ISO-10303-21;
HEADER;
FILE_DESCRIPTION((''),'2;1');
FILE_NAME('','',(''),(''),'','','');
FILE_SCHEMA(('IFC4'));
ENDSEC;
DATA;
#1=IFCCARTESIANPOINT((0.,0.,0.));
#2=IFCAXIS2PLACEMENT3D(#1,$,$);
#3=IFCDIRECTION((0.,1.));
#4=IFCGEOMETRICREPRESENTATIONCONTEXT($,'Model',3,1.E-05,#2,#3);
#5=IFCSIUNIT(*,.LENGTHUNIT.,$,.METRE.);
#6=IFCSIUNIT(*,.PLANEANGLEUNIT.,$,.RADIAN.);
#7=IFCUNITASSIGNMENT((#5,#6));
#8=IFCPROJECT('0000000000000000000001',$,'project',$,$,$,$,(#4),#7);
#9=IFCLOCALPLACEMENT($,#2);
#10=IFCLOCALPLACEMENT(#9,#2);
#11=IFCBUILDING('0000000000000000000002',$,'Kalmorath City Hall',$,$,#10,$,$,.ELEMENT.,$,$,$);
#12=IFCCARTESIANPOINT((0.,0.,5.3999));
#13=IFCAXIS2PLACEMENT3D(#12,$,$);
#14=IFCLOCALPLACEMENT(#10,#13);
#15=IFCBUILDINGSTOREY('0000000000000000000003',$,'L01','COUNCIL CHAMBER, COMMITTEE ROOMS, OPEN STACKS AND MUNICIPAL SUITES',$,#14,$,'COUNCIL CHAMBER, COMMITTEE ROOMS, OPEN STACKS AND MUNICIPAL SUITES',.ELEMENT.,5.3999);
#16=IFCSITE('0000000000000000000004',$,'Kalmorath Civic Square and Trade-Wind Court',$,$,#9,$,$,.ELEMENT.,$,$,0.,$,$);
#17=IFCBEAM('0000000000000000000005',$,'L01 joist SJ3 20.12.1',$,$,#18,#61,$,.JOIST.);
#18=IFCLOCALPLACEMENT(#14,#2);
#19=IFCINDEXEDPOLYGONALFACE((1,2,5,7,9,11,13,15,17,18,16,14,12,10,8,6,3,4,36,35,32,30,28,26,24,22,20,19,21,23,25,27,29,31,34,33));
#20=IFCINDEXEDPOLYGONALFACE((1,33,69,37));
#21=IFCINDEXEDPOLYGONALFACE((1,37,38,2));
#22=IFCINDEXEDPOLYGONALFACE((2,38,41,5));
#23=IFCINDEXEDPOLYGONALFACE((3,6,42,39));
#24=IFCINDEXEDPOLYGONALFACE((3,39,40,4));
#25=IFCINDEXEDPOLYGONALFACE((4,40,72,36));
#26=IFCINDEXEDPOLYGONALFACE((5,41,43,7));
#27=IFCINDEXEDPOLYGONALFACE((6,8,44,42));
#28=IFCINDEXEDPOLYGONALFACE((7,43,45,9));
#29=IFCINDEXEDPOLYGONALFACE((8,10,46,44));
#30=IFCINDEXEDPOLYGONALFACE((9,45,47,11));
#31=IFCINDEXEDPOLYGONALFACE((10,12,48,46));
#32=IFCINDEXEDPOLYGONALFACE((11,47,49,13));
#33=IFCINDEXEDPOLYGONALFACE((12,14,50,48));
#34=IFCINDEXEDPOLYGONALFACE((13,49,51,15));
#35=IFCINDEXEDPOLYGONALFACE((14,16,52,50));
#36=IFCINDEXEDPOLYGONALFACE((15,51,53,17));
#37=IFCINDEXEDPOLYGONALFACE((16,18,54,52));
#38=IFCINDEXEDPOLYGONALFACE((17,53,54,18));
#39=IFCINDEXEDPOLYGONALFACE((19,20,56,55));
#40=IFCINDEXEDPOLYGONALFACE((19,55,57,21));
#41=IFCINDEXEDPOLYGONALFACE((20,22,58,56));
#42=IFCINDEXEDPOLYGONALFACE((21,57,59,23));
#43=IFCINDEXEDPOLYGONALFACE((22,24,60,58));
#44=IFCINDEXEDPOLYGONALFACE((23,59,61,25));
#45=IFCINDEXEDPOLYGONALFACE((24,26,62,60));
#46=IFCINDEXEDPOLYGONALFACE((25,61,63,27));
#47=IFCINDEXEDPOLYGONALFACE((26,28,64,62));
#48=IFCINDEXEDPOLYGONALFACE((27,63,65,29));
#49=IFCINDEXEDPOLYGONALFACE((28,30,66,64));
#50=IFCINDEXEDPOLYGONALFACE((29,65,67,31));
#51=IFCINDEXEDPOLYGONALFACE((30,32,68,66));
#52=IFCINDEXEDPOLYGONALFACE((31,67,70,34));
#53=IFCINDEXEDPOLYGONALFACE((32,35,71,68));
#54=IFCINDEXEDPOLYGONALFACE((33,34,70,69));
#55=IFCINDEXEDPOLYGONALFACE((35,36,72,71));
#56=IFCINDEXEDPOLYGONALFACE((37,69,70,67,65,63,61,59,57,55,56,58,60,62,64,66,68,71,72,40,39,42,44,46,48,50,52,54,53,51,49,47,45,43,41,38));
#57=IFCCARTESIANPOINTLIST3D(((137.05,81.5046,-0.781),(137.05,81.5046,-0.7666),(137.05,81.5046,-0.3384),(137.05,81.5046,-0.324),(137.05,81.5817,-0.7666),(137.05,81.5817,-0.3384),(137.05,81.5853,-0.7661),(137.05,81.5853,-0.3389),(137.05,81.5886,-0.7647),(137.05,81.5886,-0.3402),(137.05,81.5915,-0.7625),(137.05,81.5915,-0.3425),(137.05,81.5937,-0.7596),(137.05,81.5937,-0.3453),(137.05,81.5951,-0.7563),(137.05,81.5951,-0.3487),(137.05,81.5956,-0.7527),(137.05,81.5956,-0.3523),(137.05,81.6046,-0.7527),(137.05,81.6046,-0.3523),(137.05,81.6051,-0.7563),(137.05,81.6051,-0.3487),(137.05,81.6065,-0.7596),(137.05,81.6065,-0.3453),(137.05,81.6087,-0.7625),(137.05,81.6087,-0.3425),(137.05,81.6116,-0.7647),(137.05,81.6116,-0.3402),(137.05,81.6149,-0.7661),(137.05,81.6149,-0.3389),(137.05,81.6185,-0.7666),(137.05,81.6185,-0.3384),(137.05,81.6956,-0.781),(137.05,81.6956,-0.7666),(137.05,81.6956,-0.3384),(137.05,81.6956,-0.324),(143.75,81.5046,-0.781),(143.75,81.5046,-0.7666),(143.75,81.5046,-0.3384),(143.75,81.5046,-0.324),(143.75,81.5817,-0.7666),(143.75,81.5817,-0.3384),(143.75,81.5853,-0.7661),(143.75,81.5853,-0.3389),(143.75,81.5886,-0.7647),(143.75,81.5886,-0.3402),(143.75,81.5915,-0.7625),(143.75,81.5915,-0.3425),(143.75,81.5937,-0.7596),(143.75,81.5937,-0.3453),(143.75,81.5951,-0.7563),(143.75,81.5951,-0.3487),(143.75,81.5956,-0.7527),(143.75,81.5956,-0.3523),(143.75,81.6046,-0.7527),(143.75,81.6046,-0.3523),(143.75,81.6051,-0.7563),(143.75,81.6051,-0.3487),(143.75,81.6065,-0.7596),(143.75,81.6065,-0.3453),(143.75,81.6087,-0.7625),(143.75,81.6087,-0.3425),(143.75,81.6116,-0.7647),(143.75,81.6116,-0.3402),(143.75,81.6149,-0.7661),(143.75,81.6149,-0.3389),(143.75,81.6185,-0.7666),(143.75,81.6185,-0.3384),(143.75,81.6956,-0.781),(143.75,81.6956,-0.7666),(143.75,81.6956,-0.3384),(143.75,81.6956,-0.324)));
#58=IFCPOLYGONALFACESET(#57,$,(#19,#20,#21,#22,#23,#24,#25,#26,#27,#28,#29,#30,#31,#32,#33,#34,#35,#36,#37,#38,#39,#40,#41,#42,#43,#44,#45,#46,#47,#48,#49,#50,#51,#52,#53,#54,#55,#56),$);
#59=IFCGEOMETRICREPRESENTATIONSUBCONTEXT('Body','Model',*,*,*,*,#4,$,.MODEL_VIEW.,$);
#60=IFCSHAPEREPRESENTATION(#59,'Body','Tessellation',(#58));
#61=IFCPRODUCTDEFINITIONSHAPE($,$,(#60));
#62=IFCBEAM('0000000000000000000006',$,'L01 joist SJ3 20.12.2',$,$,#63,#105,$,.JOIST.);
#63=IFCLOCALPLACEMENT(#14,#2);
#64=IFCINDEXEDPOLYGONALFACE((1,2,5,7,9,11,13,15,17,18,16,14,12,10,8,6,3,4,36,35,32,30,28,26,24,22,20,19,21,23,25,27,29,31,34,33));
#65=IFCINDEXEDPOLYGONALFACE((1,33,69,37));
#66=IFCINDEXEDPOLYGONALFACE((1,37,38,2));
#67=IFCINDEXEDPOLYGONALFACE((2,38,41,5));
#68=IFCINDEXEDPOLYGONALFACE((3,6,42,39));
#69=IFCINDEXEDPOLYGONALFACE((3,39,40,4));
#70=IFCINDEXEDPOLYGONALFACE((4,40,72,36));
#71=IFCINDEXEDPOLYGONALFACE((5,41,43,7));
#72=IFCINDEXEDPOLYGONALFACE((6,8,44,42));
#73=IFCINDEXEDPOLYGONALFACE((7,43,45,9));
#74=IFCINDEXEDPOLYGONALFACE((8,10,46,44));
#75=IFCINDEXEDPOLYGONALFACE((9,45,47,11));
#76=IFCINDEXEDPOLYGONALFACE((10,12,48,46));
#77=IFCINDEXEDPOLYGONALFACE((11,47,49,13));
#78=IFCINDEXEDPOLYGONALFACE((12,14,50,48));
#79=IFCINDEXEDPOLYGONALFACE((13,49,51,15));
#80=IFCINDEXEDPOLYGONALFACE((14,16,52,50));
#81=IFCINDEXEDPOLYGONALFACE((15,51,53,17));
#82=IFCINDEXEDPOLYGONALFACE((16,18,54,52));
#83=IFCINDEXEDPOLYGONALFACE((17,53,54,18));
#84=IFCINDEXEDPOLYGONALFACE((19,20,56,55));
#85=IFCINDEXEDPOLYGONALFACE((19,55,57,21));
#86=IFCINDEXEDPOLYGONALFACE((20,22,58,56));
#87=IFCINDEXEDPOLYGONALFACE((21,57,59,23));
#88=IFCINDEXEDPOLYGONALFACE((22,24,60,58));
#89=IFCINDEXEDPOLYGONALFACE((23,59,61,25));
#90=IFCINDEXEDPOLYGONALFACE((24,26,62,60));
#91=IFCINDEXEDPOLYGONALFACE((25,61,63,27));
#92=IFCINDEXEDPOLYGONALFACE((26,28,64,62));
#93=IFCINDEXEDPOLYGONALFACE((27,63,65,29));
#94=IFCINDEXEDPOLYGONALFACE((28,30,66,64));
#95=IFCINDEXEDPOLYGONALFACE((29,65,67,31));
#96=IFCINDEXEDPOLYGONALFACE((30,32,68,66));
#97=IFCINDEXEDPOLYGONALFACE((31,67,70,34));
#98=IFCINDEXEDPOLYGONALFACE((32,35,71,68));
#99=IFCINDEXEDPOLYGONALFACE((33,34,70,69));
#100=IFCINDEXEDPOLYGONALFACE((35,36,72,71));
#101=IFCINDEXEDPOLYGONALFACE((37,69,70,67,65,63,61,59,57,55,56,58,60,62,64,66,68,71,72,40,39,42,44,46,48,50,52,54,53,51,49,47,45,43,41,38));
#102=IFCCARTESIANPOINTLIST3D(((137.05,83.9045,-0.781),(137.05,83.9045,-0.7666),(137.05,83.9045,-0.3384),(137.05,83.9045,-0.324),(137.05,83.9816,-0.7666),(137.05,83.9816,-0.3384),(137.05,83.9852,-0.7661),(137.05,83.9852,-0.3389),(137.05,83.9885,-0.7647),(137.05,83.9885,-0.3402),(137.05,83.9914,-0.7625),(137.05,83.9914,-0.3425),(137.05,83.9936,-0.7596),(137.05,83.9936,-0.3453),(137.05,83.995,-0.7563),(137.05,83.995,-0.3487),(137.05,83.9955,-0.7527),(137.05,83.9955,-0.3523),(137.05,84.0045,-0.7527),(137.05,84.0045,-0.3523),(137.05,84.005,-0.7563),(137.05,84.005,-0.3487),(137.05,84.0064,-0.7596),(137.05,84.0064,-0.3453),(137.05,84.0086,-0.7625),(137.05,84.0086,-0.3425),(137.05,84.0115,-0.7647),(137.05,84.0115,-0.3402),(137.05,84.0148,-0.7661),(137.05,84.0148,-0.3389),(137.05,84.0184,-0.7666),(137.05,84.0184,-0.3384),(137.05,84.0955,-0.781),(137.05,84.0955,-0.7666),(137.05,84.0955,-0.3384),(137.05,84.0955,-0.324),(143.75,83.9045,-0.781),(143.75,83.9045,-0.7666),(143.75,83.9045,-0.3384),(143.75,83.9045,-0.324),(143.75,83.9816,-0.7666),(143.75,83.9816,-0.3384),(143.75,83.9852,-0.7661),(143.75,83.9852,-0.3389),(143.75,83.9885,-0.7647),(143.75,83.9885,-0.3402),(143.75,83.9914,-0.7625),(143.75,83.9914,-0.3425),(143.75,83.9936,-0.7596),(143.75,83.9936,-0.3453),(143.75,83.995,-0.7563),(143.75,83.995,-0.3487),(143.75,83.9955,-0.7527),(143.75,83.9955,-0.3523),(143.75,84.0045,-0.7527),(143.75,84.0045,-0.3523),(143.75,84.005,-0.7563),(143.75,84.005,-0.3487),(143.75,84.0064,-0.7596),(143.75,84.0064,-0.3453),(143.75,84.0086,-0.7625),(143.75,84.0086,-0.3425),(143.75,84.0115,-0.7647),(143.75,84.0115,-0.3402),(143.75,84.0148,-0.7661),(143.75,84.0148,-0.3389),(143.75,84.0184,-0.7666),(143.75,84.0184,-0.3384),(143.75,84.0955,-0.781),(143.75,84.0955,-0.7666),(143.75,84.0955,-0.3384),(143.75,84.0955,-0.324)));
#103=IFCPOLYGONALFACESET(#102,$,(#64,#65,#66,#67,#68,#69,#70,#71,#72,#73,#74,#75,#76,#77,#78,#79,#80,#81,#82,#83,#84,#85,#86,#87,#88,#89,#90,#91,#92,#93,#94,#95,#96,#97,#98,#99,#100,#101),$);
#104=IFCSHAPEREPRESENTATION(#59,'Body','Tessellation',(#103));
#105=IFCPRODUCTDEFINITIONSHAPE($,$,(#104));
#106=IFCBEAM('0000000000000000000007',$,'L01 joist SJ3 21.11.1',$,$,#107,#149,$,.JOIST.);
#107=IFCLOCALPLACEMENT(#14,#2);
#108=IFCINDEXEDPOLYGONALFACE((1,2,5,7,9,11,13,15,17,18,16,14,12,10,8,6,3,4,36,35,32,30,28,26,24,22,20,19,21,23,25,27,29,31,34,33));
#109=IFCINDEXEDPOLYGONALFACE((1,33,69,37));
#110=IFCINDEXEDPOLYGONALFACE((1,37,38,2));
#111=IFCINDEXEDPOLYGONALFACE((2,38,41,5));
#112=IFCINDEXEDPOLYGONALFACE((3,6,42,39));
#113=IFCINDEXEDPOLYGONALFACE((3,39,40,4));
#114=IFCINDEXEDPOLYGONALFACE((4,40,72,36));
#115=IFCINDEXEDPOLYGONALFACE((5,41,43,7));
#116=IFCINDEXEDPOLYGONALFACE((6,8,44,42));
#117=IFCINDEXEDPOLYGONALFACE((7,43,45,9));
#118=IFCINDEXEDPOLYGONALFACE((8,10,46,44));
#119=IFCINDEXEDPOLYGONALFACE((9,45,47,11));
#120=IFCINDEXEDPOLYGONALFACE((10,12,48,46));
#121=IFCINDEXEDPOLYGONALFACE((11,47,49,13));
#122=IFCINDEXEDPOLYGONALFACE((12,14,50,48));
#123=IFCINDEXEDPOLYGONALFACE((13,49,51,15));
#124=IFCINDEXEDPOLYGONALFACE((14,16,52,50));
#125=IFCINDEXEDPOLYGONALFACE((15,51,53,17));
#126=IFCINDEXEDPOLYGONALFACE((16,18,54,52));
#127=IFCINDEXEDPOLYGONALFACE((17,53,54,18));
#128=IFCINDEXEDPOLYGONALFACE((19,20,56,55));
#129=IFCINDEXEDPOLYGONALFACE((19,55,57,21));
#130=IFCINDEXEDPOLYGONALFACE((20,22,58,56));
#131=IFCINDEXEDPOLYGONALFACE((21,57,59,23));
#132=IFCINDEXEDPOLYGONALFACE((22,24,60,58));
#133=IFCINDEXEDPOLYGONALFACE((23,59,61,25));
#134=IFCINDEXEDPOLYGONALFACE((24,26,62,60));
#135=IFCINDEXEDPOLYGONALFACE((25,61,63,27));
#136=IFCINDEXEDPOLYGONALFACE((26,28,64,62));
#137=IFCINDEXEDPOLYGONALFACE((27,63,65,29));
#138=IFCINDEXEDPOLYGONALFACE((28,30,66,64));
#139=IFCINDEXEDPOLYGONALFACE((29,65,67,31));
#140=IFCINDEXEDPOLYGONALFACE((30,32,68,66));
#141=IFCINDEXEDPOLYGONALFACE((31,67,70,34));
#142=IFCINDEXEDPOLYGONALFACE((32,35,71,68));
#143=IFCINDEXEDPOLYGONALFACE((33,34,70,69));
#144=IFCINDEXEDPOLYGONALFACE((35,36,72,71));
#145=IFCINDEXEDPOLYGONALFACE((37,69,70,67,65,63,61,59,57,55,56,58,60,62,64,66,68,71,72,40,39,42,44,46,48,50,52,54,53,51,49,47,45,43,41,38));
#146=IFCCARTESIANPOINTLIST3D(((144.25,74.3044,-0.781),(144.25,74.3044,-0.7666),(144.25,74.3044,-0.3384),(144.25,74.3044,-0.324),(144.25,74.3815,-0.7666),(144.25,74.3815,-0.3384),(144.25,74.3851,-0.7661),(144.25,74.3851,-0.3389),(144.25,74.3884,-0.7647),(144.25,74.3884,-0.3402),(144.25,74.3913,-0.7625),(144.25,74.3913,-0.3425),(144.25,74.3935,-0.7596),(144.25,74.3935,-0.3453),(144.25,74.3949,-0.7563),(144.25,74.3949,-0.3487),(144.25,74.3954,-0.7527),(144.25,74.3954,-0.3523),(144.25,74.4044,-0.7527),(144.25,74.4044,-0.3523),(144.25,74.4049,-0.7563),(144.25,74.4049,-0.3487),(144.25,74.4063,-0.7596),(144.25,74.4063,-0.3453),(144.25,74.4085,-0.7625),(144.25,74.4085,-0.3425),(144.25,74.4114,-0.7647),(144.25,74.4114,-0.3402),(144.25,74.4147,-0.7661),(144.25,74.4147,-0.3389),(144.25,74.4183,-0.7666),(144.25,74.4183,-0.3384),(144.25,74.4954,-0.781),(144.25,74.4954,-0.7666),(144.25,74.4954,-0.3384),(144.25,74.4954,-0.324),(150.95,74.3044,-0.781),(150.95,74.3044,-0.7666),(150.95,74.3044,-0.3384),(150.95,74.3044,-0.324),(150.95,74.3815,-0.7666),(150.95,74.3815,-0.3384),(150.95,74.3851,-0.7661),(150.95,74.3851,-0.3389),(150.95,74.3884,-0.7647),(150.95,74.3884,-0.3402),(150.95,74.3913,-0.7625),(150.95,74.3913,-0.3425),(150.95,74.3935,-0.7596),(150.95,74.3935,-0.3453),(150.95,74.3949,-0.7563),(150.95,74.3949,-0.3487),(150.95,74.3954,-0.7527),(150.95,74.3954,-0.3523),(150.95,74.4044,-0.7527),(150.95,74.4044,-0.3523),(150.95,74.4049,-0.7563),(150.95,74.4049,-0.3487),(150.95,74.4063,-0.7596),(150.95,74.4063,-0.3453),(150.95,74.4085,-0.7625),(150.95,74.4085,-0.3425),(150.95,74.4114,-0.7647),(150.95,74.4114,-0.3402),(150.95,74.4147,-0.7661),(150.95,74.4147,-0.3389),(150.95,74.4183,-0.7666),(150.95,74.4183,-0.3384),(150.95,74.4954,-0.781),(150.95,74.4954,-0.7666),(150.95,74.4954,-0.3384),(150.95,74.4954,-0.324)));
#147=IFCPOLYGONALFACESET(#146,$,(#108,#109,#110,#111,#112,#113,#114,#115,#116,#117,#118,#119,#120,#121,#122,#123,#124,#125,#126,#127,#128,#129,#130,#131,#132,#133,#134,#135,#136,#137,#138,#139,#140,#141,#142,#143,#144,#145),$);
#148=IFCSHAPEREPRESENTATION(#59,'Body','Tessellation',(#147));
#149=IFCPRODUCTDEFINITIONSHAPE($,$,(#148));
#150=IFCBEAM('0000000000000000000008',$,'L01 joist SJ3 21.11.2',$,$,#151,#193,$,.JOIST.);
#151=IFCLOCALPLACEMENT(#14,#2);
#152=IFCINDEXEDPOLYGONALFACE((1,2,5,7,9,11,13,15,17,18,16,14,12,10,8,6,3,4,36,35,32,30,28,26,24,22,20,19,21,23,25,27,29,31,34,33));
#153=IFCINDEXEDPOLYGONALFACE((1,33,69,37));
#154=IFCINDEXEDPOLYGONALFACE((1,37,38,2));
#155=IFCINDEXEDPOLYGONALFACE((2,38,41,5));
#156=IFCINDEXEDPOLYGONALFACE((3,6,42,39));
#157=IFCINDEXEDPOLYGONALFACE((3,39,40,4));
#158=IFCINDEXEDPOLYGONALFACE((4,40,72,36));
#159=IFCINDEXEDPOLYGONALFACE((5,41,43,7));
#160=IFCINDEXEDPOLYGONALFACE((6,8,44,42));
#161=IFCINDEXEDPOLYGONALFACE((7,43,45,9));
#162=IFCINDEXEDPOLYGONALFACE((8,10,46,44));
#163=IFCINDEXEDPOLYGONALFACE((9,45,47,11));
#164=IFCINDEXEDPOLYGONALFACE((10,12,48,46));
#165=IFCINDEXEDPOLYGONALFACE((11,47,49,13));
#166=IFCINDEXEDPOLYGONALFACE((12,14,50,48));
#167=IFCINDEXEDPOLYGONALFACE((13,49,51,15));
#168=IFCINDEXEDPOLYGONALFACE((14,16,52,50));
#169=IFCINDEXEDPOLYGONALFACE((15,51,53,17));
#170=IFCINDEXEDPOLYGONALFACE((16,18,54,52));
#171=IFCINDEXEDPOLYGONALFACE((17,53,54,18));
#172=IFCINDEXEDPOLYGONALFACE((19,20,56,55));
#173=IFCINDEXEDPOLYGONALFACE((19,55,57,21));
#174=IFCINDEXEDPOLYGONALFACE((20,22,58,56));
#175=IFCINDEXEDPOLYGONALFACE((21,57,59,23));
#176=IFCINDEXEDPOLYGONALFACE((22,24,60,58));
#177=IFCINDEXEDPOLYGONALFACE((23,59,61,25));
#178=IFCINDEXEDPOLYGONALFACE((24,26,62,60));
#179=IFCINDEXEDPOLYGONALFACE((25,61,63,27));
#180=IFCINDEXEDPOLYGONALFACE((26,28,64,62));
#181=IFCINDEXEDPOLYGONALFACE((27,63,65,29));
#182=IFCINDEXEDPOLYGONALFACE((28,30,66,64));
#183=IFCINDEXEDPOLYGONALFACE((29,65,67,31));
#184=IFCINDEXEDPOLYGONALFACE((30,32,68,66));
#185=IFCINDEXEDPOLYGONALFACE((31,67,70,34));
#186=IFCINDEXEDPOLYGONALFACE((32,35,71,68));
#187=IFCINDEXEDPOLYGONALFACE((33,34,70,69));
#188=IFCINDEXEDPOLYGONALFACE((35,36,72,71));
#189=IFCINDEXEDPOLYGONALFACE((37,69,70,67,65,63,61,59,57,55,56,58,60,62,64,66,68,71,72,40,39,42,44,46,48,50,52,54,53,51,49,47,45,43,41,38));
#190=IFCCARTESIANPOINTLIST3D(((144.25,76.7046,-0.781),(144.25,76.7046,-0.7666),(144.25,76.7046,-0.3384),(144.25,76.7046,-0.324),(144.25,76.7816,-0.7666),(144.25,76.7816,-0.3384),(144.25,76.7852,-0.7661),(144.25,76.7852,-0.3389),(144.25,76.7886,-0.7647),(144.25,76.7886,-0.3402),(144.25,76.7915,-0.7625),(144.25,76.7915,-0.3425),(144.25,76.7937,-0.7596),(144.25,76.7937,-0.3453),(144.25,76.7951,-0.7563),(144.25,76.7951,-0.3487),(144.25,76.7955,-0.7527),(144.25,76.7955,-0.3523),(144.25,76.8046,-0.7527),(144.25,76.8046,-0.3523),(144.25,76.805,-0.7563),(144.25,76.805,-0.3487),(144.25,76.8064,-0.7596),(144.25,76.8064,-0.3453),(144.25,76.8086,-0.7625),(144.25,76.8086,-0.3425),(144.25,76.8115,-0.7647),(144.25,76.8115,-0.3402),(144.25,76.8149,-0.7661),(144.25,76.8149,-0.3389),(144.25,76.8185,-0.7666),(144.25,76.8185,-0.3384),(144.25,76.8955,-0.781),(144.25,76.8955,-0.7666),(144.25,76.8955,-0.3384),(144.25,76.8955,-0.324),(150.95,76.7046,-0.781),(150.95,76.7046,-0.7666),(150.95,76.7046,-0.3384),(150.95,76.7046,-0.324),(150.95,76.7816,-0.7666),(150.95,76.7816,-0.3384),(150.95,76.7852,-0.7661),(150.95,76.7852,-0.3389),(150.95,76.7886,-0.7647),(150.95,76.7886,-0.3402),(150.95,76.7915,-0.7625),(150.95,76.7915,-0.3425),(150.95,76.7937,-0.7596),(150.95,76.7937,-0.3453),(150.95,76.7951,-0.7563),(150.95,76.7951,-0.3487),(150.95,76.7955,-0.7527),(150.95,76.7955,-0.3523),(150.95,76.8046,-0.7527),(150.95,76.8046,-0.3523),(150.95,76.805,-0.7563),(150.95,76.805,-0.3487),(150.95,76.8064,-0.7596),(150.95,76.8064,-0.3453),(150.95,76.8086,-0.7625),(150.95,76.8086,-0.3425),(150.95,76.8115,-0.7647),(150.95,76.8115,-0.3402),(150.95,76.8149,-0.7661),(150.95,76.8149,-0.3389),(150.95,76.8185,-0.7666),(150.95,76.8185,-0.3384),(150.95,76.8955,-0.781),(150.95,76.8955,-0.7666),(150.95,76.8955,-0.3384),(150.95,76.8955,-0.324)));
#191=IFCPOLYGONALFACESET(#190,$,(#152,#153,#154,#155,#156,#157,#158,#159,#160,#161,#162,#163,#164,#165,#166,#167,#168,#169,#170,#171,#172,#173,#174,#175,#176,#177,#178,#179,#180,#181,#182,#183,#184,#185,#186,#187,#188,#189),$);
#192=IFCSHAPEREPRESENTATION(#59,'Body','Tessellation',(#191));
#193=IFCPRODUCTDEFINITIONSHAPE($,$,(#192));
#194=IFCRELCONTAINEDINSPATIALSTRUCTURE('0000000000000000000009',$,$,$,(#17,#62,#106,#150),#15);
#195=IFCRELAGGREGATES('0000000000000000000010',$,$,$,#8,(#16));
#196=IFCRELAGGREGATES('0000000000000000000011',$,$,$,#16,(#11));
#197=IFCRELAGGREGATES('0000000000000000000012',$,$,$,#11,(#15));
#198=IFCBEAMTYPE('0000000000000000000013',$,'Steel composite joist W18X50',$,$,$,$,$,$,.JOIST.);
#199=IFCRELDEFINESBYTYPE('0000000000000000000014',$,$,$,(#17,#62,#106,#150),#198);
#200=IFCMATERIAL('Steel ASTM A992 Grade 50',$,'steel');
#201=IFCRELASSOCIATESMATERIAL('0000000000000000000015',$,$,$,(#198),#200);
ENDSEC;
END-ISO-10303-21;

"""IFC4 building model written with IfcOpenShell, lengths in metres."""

from ifc_helpers import new_model, si_unit, direction, frame, origin, origin_2d, place, context, subcontext, project, spatial, i_section, extrude, material, material_profile, profile_set, type_object, element, save


model = new_model("IFC4")

# Units and contexts
model_context = context("Model", 3, precision=1e-05, world=origin(), true_north=direction((0.0, 1.0)))
body_context = subcontext(model_context, "Body", "Model", "MODEL_VIEW")
ifc_project = project(units=[si_unit("LENGTHUNIT", "METRE"), si_unit("PLANEANGLEUNIT", "RADIAN")], contexts=[model_context])

# Site, building, storey
site_placement = place(None, origin())
site = spatial("IfcSite", under=ifc_project, at=site_placement, Name="Kalmorath Civic Square and Trade-Wind Court", CompositionType="ELEMENT", RefElevation=0.0)
building_placement = place(site_placement, origin())
building = spatial("IfcBuilding", under=site, at=building_placement, Name="Kalmorath City Hall", CompositionType="ELEMENT")
storey_placement = place(building_placement, frame((0.0, 0.0, 5.3999)))
storey = spatial("IfcBuildingStorey", under=building, at=storey_placement, Name="L01", Description="COUNCIL CHAMBER, COMMITTEE ROOMS, OPEN STACKS AND MUNICIPAL SUITES", LongName="COUNCIL CHAMBER, COMMITTEE ROOMS, OPEN STACKS AND MUNICIPAL SUITES", CompositionType="ELEMENT", Elevation=5.3999)

# Beams
ifc_material_1 = material(Name="Steel ASTM A992 Grade 50", Category="steel")
ifc_material_profile_1 = material_profile(ifc_material_1, i_section(OverallWidth=0.1909, OverallDepth=0.457, WebThickness=0.009, FlangeThickness=0.0144, FilletRadius=0.0139, at=origin_2d()), Name="W18X50")
ifc_profile_set_1 = profile_set([ifc_material_profile_1], Name="Steel ASTM A992 Grade 50")
beam_type_1 = type_object("IfcBeamType", Name="Steel composite joist W18X50", PredefinedType="JOIST", material=ifc_profile_set_1)
for number, where, z_axis, x_axis, name in (
    (1, (137.05, 81.6001, -0.5525), (1.0, 0.0, 0.0), (0.0, 1.0, 0.0), "L01 joist SJ3 20.12.1"),
    (2, (137.05, 84.0, -0.5525), (1.0, 0.0, 0.0), (0.0, 1.0, 0.0), "L01 joist SJ3 20.12.2"),
    (3, (144.25, 74.3999, -0.5525), (1.0, 0.0, 0.0), (0.0, 1.0, 0.0), "L01 joist SJ3 21.11.1"),
    (4, (144.25, 76.8, -0.5525), (1.0, 0.0, 0.0), (0.0, 1.0, 0.0), "L01 joist SJ3 21.11.2"),
):
    element("IfcBeam", number, at=place(storey_placement, frame(where, z_axis=z_axis, x_axis=x_axis)), inside=storey, type_object=beam_type_1, Name=name, PredefinedType="JOIST", context=body_context, shape_type="SweptSolid", body=[
        extrude(i_section(OverallWidth=0.1909, OverallDepth=0.457, WebThickness=0.009, FlangeThickness=0.0144, FilletRadius=0.0139, at=origin_2d()), origin(), (0.0, 0.0, 1.0), 6.7),
    ])

save(model, "model.ifc")
